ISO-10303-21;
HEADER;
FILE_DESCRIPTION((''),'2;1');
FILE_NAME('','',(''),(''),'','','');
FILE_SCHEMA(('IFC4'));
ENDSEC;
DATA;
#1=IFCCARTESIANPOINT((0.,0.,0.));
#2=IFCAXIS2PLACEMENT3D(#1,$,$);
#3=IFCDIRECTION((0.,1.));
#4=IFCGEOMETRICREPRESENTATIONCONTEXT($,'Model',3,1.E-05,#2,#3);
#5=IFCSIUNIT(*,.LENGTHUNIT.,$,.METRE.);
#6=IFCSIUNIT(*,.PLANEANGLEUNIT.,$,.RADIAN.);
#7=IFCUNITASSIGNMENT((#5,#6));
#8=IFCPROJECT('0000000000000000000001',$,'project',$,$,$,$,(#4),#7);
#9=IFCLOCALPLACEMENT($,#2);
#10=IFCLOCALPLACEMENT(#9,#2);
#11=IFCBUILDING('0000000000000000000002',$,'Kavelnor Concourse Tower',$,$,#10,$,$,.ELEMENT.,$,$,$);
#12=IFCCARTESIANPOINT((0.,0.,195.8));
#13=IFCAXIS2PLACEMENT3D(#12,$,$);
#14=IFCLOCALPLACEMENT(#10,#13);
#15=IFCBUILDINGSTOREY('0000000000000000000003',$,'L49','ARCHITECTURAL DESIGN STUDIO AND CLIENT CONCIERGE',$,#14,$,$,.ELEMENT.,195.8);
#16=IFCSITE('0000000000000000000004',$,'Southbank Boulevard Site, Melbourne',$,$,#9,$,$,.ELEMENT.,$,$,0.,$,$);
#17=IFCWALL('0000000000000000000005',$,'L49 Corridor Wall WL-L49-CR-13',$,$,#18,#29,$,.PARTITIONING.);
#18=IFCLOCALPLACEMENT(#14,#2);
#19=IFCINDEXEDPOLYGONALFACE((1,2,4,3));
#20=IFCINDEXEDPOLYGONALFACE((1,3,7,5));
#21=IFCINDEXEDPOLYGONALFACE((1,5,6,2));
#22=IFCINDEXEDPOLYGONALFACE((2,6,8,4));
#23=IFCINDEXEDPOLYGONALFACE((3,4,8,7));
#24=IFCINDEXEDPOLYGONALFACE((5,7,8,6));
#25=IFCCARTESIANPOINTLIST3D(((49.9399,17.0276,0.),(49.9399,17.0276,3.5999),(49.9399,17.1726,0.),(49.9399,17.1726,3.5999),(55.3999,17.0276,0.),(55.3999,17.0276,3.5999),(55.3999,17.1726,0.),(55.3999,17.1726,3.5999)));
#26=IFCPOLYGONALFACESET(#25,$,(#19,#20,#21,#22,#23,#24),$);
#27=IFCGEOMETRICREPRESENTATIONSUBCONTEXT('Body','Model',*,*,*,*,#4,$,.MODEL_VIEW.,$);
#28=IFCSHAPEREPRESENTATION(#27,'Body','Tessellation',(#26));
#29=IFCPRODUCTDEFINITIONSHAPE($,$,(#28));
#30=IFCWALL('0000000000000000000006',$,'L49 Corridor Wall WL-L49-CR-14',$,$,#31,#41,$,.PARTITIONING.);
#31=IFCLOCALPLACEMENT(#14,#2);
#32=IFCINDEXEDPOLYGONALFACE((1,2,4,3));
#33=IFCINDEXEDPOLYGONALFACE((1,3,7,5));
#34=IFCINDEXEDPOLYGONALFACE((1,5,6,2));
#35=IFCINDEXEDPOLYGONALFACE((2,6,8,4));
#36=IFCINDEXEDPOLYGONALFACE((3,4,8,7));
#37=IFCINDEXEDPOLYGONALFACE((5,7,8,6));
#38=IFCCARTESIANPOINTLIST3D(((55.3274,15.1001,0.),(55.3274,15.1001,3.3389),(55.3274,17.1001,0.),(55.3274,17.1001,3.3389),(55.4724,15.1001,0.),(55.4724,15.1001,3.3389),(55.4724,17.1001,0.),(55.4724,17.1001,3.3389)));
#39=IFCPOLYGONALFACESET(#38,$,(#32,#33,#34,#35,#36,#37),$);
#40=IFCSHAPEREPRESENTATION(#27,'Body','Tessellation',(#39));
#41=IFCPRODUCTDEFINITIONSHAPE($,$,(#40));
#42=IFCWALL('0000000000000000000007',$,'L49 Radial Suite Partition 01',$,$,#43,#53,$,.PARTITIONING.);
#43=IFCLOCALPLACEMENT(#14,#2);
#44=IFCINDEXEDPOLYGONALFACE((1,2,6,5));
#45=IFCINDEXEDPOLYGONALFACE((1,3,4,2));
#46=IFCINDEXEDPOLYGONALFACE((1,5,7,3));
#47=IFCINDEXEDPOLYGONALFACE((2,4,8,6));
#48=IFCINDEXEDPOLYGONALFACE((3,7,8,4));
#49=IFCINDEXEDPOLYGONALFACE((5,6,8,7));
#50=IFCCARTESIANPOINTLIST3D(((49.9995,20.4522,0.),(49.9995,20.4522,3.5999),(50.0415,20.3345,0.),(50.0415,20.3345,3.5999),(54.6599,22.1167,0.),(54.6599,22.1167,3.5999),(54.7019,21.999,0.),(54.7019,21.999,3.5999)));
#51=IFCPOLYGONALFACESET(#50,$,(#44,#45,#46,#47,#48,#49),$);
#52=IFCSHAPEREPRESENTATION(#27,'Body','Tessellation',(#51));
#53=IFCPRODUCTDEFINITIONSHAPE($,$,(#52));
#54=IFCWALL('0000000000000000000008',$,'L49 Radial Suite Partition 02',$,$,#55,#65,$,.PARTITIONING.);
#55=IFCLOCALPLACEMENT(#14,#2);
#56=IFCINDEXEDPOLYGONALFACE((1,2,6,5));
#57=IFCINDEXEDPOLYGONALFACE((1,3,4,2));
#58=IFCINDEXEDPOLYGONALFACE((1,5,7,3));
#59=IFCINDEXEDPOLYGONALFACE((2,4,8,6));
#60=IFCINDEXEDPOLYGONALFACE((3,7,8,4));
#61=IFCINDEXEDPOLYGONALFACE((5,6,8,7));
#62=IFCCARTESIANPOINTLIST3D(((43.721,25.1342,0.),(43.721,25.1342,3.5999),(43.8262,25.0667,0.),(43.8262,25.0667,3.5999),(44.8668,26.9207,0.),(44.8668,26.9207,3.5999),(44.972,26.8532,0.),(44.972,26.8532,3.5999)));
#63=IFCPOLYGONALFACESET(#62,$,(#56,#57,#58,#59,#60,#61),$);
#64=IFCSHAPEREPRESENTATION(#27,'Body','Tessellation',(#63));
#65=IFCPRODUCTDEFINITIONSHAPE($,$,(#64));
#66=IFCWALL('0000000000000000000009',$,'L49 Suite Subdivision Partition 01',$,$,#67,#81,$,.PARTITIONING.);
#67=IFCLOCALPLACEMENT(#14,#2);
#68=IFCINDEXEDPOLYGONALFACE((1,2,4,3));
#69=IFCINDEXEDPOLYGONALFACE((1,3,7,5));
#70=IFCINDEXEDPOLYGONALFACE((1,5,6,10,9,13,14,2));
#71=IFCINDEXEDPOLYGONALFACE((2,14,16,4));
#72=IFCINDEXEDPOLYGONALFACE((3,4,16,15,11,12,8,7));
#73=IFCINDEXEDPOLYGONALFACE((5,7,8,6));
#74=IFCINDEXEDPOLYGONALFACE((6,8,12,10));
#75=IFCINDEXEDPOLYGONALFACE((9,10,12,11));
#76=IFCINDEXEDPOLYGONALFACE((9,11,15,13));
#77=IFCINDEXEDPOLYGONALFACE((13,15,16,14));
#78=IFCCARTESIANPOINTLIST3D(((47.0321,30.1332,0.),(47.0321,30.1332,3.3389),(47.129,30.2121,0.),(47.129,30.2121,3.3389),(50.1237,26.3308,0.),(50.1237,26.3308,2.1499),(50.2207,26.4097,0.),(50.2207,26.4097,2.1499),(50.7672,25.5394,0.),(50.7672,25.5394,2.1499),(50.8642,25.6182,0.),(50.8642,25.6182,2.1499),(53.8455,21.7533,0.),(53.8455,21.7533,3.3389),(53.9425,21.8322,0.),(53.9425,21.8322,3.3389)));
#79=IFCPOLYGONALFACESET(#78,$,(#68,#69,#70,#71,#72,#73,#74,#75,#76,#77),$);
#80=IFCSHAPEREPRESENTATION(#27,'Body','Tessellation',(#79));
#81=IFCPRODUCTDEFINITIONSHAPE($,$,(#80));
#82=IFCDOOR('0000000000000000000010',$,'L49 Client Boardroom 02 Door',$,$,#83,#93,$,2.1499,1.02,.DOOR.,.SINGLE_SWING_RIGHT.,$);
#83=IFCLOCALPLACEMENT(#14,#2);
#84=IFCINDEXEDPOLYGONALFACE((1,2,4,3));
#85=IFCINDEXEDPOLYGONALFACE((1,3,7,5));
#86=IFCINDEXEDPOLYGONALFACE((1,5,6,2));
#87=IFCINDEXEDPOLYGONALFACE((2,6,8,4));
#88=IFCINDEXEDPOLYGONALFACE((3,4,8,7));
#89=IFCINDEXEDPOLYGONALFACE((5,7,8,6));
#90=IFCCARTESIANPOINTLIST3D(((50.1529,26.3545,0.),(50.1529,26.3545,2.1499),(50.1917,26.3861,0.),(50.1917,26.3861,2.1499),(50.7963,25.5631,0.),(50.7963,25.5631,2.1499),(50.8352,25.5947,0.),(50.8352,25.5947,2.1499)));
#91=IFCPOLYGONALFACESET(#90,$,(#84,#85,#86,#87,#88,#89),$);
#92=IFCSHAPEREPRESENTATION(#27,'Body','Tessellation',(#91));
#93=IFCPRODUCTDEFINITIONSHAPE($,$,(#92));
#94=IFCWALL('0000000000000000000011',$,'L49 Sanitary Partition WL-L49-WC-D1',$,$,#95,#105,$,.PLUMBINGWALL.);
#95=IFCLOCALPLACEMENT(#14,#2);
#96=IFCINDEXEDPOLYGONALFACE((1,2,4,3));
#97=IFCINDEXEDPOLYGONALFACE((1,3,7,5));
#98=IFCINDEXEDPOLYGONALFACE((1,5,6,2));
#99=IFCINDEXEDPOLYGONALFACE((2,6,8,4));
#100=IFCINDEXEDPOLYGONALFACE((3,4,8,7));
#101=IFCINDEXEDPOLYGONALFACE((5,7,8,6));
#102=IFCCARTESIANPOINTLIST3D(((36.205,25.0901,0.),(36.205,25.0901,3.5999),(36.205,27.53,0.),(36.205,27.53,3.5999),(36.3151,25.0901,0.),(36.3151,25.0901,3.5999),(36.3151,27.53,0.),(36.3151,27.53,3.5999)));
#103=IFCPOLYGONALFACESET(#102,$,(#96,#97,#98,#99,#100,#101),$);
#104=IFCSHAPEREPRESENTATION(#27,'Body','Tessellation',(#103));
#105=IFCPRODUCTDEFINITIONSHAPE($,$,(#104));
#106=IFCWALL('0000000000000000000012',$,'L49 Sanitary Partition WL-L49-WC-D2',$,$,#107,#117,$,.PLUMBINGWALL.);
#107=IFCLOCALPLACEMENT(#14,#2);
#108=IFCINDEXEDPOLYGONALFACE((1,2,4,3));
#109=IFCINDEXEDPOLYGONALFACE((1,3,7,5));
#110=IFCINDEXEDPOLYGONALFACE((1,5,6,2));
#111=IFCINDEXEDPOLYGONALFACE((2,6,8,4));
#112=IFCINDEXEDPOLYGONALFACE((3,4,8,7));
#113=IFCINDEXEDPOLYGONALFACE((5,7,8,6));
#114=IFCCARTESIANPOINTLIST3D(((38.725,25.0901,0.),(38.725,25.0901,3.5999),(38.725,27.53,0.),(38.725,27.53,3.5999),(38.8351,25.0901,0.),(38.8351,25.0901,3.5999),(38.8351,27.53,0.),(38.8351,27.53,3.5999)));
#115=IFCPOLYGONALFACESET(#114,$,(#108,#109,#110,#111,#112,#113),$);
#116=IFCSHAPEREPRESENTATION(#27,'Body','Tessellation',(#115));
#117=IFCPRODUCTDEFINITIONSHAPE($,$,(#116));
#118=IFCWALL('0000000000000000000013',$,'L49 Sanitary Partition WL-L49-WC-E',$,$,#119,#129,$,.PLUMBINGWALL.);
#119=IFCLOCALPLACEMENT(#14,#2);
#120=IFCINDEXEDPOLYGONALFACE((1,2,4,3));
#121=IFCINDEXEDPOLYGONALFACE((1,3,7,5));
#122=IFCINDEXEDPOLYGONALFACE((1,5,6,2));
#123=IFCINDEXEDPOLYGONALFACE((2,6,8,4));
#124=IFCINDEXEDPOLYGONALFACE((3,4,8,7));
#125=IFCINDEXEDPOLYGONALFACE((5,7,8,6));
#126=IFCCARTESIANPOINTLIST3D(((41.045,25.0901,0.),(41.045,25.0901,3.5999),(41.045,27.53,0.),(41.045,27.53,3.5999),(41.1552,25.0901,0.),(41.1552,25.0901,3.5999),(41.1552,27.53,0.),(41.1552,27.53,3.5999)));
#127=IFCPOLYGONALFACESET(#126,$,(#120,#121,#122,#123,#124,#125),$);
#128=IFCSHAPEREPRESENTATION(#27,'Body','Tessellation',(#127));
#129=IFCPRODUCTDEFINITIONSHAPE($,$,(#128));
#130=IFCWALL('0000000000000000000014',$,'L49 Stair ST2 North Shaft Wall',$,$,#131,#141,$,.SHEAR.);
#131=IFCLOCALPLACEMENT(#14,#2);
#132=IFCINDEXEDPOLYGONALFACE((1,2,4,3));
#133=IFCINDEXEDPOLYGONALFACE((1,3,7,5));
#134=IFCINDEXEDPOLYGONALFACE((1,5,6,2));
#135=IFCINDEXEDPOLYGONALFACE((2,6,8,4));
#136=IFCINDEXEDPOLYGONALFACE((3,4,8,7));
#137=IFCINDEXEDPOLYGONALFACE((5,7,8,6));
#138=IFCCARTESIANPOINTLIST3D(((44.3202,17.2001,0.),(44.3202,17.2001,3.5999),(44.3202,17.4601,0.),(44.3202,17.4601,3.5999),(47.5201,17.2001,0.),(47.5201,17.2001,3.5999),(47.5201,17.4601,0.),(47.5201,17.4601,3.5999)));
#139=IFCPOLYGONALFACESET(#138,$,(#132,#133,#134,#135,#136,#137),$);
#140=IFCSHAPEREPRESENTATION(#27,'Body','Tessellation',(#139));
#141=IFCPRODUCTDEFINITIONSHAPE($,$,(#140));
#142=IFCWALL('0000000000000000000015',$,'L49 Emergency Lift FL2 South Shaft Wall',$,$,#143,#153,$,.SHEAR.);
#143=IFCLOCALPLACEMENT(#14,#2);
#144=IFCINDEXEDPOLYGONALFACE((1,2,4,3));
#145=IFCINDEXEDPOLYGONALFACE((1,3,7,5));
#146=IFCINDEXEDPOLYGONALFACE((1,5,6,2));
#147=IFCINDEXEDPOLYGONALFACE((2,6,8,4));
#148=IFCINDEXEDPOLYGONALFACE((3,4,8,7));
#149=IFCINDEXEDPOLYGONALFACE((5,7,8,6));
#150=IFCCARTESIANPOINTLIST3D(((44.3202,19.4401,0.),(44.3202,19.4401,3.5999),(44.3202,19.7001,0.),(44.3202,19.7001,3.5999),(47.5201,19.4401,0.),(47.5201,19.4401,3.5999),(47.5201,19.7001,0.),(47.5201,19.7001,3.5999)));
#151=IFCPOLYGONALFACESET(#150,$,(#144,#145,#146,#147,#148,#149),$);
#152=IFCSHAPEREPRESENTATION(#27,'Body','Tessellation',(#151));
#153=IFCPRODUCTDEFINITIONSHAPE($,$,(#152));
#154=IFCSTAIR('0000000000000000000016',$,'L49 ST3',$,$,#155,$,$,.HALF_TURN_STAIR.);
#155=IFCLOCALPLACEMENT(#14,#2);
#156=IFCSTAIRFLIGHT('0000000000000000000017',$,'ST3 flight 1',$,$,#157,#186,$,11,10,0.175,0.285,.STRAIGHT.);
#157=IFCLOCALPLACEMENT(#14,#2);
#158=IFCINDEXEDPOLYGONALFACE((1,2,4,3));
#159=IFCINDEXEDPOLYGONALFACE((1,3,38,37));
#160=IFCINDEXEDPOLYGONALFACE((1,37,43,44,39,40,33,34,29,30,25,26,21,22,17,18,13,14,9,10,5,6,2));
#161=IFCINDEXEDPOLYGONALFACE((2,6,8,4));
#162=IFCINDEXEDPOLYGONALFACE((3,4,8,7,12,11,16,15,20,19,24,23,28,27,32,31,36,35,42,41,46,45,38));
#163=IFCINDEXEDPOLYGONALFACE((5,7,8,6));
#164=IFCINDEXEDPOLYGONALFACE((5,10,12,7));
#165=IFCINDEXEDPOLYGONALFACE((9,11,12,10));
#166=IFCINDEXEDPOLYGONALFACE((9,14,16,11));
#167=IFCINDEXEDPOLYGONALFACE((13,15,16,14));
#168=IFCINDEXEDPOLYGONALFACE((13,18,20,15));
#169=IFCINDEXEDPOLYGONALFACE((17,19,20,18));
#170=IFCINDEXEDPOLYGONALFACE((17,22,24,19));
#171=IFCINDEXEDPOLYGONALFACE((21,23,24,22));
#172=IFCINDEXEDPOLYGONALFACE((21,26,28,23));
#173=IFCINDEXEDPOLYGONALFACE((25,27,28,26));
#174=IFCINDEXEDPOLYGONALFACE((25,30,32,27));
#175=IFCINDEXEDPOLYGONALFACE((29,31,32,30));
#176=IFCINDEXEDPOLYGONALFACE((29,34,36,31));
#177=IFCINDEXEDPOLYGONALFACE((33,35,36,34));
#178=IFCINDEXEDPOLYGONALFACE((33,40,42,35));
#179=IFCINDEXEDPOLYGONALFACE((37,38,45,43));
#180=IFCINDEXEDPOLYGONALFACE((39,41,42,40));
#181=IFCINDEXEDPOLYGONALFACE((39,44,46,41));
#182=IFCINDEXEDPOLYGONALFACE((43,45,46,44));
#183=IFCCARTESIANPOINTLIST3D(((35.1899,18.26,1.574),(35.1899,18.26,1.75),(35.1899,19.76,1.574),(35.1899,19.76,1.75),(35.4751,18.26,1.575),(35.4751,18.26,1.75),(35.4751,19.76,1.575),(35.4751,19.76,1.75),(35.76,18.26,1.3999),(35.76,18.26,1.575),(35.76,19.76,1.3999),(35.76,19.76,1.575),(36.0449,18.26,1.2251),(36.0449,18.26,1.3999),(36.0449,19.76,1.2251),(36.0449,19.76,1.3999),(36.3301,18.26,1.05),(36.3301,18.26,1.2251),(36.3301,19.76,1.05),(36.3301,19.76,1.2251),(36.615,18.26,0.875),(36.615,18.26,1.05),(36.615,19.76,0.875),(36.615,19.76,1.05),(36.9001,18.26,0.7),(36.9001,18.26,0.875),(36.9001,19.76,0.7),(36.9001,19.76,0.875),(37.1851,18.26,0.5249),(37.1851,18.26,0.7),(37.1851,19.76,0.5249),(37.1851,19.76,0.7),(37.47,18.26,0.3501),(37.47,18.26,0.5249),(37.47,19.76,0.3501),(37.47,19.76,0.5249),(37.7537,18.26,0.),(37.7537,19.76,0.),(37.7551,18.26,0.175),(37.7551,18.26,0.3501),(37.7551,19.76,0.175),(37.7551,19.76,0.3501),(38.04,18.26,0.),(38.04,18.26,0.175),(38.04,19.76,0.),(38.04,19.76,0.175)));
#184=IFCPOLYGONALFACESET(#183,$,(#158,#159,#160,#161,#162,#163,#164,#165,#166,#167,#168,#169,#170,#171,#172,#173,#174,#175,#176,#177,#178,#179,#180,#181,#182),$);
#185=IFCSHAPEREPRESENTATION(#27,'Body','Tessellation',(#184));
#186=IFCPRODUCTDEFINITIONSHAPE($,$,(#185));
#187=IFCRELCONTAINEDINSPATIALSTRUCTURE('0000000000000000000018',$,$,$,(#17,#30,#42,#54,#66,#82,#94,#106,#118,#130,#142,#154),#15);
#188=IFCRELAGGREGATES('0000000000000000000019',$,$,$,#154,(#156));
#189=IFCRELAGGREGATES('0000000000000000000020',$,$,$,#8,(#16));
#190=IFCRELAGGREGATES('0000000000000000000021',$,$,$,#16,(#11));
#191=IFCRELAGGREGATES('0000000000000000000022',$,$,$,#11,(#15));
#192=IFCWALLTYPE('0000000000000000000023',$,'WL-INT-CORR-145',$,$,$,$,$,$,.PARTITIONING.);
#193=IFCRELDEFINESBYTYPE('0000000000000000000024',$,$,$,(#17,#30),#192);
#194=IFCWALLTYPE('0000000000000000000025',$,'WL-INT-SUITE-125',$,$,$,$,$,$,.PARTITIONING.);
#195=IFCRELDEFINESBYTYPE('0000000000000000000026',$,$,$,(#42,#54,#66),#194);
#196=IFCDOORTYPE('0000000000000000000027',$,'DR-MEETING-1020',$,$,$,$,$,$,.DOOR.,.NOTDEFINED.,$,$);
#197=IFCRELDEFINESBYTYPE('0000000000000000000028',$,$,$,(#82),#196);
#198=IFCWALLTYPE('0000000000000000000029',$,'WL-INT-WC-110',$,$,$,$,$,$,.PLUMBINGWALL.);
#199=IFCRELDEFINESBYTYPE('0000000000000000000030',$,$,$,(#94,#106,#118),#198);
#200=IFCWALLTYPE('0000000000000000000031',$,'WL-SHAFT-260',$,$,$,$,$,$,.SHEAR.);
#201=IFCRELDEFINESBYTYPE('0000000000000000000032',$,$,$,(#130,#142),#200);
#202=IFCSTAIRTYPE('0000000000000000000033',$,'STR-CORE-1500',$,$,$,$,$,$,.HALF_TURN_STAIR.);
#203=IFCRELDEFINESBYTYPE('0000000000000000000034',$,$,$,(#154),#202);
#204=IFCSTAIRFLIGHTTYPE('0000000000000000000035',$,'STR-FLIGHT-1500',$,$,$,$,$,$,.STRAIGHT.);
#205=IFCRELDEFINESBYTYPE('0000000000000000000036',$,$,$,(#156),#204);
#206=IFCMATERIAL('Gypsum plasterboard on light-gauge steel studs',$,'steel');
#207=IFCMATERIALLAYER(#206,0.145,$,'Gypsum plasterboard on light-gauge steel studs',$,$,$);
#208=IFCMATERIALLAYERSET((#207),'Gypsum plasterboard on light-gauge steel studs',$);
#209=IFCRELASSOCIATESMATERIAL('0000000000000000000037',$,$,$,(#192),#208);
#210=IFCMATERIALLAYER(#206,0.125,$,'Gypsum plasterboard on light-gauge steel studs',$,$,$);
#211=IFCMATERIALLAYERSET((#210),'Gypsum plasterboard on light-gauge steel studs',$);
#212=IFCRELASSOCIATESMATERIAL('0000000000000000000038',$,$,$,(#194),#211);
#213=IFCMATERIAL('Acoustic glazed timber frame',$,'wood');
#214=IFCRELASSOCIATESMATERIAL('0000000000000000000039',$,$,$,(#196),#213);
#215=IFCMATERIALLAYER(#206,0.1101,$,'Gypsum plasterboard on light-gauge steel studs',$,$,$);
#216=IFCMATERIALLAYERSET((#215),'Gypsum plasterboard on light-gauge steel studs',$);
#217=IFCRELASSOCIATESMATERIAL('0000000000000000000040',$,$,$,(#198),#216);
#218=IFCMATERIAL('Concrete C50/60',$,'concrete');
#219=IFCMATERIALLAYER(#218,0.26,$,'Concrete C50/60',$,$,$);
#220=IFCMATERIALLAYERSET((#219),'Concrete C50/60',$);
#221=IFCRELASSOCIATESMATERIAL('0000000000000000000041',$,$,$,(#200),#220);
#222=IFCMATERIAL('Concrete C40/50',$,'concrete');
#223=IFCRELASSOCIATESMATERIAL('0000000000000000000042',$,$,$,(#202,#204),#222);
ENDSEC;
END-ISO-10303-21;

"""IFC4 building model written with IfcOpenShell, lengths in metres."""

from ifc_helpers import new_model, si_unit, direction, frame, frame_2d, origin, place, context, subcontext, project, spatial, polyline, rectangle, outline, extrude, material, layer, layer_set, type_object, element, fill, aggregate, save


model = new_model("IFC4")

# Units and contexts
model_context = context("Model", 3, precision=1e-05, world=origin(), true_north=direction((0.0, 1.0)))
body_context = subcontext(model_context, "Body", "Model", "MODEL_VIEW")
ifc_project = project(units=[si_unit("LENGTHUNIT", "METRE"), si_unit("PLANEANGLEUNIT", "RADIAN")], contexts=[model_context])

# Site, building, storey
site_placement = place(None, origin())
site = spatial("IfcSite", under=ifc_project, at=site_placement, Name="Southbank Boulevard Site, Melbourne", CompositionType="ELEMENT", RefElevation=0.0)
building_placement = place(site_placement, origin())
building = spatial("IfcBuilding", under=site, at=building_placement, Name="Kavelnor Concourse Tower", CompositionType="ELEMENT")
storey_placement = place(building_placement, frame((0.0, 0.0, 195.8)))
storey = spatial("IfcBuildingStorey", under=building, at=storey_placement, Name="L49", Description="ARCHITECTURAL DESIGN STUDIO AND CLIENT CONCIERGE", CompositionType="ELEMENT", Elevation=195.8)

# Shared definitions
ifc_material_1 = material(Name="Gypsum plasterboard on light-gauge steel studs", Category="steel")
ifc_layer_1 = layer(ifc_material_1, 0.145, Name="Gypsum plasterboard on light-gauge steel studs")
ifc_layer_set_1 = layer_set([ifc_layer_1], Name="Gypsum plasterboard on light-gauge steel studs")
wall_type_1 = type_object("IfcWallType", Name="WL-INT-CORR-145", PredefinedType="PARTITIONING", material=ifc_layer_set_1)

# Walls
wall_1_placement = place(storey_placement, frame((49.9399, 17.1001, 0.0), z_axis=(0.0, 0.0, 1.0), x_axis=(1.0, 0.0, 0.0)))
element("IfcWall", 1, at=wall_1_placement, inside=storey, type_object=wall_type_1, Name="L49 Corridor Wall WL-L49-CR-13", PredefinedType="PARTITIONING", context=body_context, shape_type="SweptSolid", body=[
    extrude(rectangle(XDim=5.46, YDim=0.145, at=frame_2d((2.73, 0.0))), origin(), (0.0, 0.0, 1.0), 3.5999),
])
wall_2_placement = place(storey_placement, frame((55.3999, 17.1001, 0.0), z_axis=(0.0, 0.0, 1.0), x_axis=(0.0, -1.0, 0.0)))
element("IfcWall", 2, at=wall_2_placement, inside=storey, type_object=wall_type_1, Name="L49 Corridor Wall WL-L49-CR-14", PredefinedType="PARTITIONING", context=body_context, shape_type="SweptSolid", body=[
    extrude(rectangle(XDim=2.0, YDim=0.145, at=frame_2d((1.0, 0.0))), origin(), (0.0, 0.0, 1.0), 3.3389),
])
ifc_layer_2 = layer(ifc_material_1, 0.125, Name="Gypsum plasterboard on light-gauge steel studs")
ifc_layer_set_2 = layer_set([ifc_layer_2], Name="Gypsum plasterboard on light-gauge steel studs")
wall_type_2 = type_object("IfcWallType", Name="WL-INT-SUITE-125", PredefinedType="PARTITIONING", material=ifc_layer_set_2)
wall_3_placement = place(storey_placement, frame((50.0205, 20.3933, 0.0), z_axis=(0.0, 0.0, 1.0), x_axis=(0.941734, 0.336358, 0.0)))
element("IfcWall", 3, at=wall_3_placement, inside=storey, type_object=wall_type_2, Name="L49 Radial Suite Partition 01", PredefinedType="PARTITIONING", context=body_context, shape_type="SweptSolid", body=[
    extrude(rectangle(XDim=4.9487, YDim=0.125, at=frame_2d((2.4744, 0.0))), origin(), (0.0, 0.0, 1.0), 3.5999),
])
wall_4_placement = place(storey_placement, frame((43.7737, 25.1006, 0.0), z_axis=(0.0, 0.0, 1.0), x_axis=(0.539879, 0.841742, 0.0)))
element("IfcWall", 4, at=wall_4_placement, inside=storey, type_object=wall_type_2, Name="L49 Radial Suite Partition 02", PredefinedType="PARTITIONING", context=body_context, shape_type="SweptSolid", body=[
    extrude(rectangle(XDim=2.1223, YDim=0.125, at=frame_2d((1.061, 0.0))), origin(), (0.0, 0.0, 1.0), 3.5999),
])

# Wall, opening, door
wall_5_placement = place(storey_placement, frame((53.894, 21.7927, 0.0), z_axis=(0.0, 0.0, 1.0), x_axis=(-0.630862, 0.775895, 0.0)))
wall_5 = element("IfcWall", 5, at=wall_5_placement, inside=storey, type_object=wall_type_2, Name="L49 Suite Subdivision Partition 01", PredefinedType="PARTITIONING", context=body_context, shape_type="SweptSolid", body=[
    extrude(rectangle(XDim=10.8003, YDim=0.125, at=frame_2d((5.4001, 0.0))), origin(), (0.0, 0.0, 1.0), 3.3389),
])
opening_1_placement = place(wall_5_placement, frame((4.8796, 0.0, 0.0)))
opening_1 = element("IfcOpeningElement", 6, at=opening_1_placement, cuts=wall_5, PredefinedType="OPENING", context=body_context, shape_type="SweptSolid", body=[
    extrude(rectangle(XDim=1.02, YDim=2.1499, at=frame_2d((0.51, 1.075))), frame((0.0, 0.0725, 0.0), z_axis=(0.0, -1.0, 0.0), x_axis=(1.0, 0.0, 0.0)), (0.0, 0.0, 1.0), 0.145),
])
ifc_material_2 = material(Name="Acoustic glazed timber frame", Category="wood")
door_type_1 = type_object("IfcDoorType", Name="DR-MEETING-1020", OperationType="NOTDEFINED", PredefinedType="DOOR", material=ifc_material_2)
door_1_placement = place(opening_1_placement, origin())
door_1 = element("IfcDoor", 7, at=door_1_placement, inside=storey, type_object=door_type_1, Name="L49 Client Boardroom 02 Door", OperationType="SINGLE_SWING_RIGHT", OverallHeight=2.1499, OverallWidth=1.02, PredefinedType="DOOR", context=body_context, shape_type="SweptSolid", body=[
    extrude(rectangle(XDim=1.02, YDim=2.1499, at=frame_2d((0.51, 1.075))), frame((0.0, 0.0249, 0.0), z_axis=(0.0, -1.0, 0.0), x_axis=(1.0, 0.0, 0.0)), (0.0, 0.0, 1.0), 0.05),
])
fill(opening_1, door_1)

# Walls
ifc_layer_3 = layer(ifc_material_1, 0.1101, Name="Gypsum plasterboard on light-gauge steel studs")
ifc_layer_set_3 = layer_set([ifc_layer_3], Name="Gypsum plasterboard on light-gauge steel studs")
wall_type_3 = type_object("IfcWallType", Name="WL-INT-WC-110", PredefinedType="PLUMBINGWALL", material=ifc_layer_set_3)
for number, where, z_axis, x_axis, name in (
    (8, (36.26, 25.0901, 0.0), (0.0, 0.0, 1.0), (0.0, 1.0, 0.0), "L49 Sanitary Partition WL-L49-WC-D1"),
    (9, (38.78, 25.0901, 0.0), (0.0, 0.0, 1.0), (0.0, 1.0, 0.0), "L49 Sanitary Partition WL-L49-WC-D2"),
    (10, (41.1001, 25.0901, 0.0), (0.0, 0.0, 1.0), (0.0, 1.0, 0.0), "L49 Sanitary Partition WL-L49-WC-E"),
):
    element("IfcWall", number, at=place(storey_placement, frame(where, z_axis=z_axis, x_axis=x_axis)), inside=storey, type_object=wall_type_3, Name=name, PredefinedType="PLUMBINGWALL", context=body_context, shape_type="SweptSolid", body=[
        extrude(rectangle(XDim=2.4399, YDim=0.1101, at=frame_2d((1.22, 0.0))), origin(), (0.0, 0.0, 1.0), 3.5999),
    ])
ifc_material_3 = material(Name="Concrete C50/60", Category="concrete")
ifc_layer_4 = layer(ifc_material_3, 0.26, Name="Concrete C50/60")
ifc_layer_set_4 = layer_set([ifc_layer_4], Name="Concrete C50/60")
wall_type_4 = type_object("IfcWallType", Name="WL-SHAFT-260", PredefinedType="SHEAR", material=ifc_layer_set_4)
for number, where, z_axis, x_axis, name in (
    (11, (44.3201, 17.3301, 0.0), (0.0, 0.0, 1.0), (1.0, 0.0, 0.0), "L49 Stair ST2 North Shaft Wall"),
    (12, (44.3201, 19.5701, 0.0), (0.0, 0.0, 1.0), (1.0, 0.0, 0.0), "L49 Emergency Lift FL2 South Shaft Wall"),
):
    element("IfcWall", number, at=place(storey_placement, frame(where, z_axis=z_axis, x_axis=x_axis)), inside=storey, type_object=wall_type_4, Name=name, PredefinedType="SHEAR", context=body_context, shape_type="SweptSolid", body=[
        extrude(rectangle(XDim=3.2, YDim=0.26, at=frame_2d((1.6001, 0.0))), origin(), (0.0, 0.0, 1.0), 3.5999),
    ])

# Stair, stair flight
ifc_material_4 = material(Name="Concrete C40/50", Category="concrete")
stair_type = type_object("IfcStairType", Name="STR-CORE-1500", PredefinedType="HALF_TURN_STAIR", material=ifc_material_4)
stair_placement = place(storey_placement, origin())
stair = element("IfcStair", 13, at=stair_placement, inside=storey, type_object=stair_type, Name="L49 ST3", PredefinedType="HALF_TURN_STAIR")
stair_flight_type = type_object("IfcStairFlightType", Name="STR-FLIGHT-1500", PredefinedType="STRAIGHT", material=ifc_material_4)
stair_flight_placement = place(storey_placement, frame((38.04, 19.01, 0.0), z_axis=(0.0, 0.0, 1.0), x_axis=(-1.0, 0.0, 0.0)))
stair_flight = element("IfcStairFlight", 14, at=stair_flight_placement, type_object=stair_flight_type, Name="ST3 flight 1", NumberOfRisers=11, NumberOfTreads=10, PredefinedType="STRAIGHT", RiserHeight=0.175, TreadLength=0.285, context=body_context, shape_type="SweptSolid", body=[
    extrude(outline(polyline([(0.0, 0.0), (0.0, 0.175), (0.2849, 0.175), (0.2849, 0.3501), (0.5701, 0.3501), (0.5701, 0.5249), (0.855, 0.5249), (0.855, 0.7), (1.1399, 0.7), (1.1399, 0.875), (1.425, 0.875), (1.425, 1.05), (1.71, 1.05), (1.71, 1.2251), (1.9951, 1.2251), (1.9951, 1.3999), (2.28, 1.3999), (2.28, 1.575), (2.5649, 1.575), (2.5649, 1.75), (2.8501, 1.75), (2.8501, 1.925), (2.8501, 1.574), (0.2864, 0.0), (0.0, 0.0)])), frame((0.0, 0.75, 0.0), z_axis=(0.0, -1.0, 0.0), x_axis=(1.0, 0.0, 0.0)), (0.0, 0.0, 1.0), 1.5),
])
aggregate(stair, [stair_flight])

save(model, "model.ifc")
